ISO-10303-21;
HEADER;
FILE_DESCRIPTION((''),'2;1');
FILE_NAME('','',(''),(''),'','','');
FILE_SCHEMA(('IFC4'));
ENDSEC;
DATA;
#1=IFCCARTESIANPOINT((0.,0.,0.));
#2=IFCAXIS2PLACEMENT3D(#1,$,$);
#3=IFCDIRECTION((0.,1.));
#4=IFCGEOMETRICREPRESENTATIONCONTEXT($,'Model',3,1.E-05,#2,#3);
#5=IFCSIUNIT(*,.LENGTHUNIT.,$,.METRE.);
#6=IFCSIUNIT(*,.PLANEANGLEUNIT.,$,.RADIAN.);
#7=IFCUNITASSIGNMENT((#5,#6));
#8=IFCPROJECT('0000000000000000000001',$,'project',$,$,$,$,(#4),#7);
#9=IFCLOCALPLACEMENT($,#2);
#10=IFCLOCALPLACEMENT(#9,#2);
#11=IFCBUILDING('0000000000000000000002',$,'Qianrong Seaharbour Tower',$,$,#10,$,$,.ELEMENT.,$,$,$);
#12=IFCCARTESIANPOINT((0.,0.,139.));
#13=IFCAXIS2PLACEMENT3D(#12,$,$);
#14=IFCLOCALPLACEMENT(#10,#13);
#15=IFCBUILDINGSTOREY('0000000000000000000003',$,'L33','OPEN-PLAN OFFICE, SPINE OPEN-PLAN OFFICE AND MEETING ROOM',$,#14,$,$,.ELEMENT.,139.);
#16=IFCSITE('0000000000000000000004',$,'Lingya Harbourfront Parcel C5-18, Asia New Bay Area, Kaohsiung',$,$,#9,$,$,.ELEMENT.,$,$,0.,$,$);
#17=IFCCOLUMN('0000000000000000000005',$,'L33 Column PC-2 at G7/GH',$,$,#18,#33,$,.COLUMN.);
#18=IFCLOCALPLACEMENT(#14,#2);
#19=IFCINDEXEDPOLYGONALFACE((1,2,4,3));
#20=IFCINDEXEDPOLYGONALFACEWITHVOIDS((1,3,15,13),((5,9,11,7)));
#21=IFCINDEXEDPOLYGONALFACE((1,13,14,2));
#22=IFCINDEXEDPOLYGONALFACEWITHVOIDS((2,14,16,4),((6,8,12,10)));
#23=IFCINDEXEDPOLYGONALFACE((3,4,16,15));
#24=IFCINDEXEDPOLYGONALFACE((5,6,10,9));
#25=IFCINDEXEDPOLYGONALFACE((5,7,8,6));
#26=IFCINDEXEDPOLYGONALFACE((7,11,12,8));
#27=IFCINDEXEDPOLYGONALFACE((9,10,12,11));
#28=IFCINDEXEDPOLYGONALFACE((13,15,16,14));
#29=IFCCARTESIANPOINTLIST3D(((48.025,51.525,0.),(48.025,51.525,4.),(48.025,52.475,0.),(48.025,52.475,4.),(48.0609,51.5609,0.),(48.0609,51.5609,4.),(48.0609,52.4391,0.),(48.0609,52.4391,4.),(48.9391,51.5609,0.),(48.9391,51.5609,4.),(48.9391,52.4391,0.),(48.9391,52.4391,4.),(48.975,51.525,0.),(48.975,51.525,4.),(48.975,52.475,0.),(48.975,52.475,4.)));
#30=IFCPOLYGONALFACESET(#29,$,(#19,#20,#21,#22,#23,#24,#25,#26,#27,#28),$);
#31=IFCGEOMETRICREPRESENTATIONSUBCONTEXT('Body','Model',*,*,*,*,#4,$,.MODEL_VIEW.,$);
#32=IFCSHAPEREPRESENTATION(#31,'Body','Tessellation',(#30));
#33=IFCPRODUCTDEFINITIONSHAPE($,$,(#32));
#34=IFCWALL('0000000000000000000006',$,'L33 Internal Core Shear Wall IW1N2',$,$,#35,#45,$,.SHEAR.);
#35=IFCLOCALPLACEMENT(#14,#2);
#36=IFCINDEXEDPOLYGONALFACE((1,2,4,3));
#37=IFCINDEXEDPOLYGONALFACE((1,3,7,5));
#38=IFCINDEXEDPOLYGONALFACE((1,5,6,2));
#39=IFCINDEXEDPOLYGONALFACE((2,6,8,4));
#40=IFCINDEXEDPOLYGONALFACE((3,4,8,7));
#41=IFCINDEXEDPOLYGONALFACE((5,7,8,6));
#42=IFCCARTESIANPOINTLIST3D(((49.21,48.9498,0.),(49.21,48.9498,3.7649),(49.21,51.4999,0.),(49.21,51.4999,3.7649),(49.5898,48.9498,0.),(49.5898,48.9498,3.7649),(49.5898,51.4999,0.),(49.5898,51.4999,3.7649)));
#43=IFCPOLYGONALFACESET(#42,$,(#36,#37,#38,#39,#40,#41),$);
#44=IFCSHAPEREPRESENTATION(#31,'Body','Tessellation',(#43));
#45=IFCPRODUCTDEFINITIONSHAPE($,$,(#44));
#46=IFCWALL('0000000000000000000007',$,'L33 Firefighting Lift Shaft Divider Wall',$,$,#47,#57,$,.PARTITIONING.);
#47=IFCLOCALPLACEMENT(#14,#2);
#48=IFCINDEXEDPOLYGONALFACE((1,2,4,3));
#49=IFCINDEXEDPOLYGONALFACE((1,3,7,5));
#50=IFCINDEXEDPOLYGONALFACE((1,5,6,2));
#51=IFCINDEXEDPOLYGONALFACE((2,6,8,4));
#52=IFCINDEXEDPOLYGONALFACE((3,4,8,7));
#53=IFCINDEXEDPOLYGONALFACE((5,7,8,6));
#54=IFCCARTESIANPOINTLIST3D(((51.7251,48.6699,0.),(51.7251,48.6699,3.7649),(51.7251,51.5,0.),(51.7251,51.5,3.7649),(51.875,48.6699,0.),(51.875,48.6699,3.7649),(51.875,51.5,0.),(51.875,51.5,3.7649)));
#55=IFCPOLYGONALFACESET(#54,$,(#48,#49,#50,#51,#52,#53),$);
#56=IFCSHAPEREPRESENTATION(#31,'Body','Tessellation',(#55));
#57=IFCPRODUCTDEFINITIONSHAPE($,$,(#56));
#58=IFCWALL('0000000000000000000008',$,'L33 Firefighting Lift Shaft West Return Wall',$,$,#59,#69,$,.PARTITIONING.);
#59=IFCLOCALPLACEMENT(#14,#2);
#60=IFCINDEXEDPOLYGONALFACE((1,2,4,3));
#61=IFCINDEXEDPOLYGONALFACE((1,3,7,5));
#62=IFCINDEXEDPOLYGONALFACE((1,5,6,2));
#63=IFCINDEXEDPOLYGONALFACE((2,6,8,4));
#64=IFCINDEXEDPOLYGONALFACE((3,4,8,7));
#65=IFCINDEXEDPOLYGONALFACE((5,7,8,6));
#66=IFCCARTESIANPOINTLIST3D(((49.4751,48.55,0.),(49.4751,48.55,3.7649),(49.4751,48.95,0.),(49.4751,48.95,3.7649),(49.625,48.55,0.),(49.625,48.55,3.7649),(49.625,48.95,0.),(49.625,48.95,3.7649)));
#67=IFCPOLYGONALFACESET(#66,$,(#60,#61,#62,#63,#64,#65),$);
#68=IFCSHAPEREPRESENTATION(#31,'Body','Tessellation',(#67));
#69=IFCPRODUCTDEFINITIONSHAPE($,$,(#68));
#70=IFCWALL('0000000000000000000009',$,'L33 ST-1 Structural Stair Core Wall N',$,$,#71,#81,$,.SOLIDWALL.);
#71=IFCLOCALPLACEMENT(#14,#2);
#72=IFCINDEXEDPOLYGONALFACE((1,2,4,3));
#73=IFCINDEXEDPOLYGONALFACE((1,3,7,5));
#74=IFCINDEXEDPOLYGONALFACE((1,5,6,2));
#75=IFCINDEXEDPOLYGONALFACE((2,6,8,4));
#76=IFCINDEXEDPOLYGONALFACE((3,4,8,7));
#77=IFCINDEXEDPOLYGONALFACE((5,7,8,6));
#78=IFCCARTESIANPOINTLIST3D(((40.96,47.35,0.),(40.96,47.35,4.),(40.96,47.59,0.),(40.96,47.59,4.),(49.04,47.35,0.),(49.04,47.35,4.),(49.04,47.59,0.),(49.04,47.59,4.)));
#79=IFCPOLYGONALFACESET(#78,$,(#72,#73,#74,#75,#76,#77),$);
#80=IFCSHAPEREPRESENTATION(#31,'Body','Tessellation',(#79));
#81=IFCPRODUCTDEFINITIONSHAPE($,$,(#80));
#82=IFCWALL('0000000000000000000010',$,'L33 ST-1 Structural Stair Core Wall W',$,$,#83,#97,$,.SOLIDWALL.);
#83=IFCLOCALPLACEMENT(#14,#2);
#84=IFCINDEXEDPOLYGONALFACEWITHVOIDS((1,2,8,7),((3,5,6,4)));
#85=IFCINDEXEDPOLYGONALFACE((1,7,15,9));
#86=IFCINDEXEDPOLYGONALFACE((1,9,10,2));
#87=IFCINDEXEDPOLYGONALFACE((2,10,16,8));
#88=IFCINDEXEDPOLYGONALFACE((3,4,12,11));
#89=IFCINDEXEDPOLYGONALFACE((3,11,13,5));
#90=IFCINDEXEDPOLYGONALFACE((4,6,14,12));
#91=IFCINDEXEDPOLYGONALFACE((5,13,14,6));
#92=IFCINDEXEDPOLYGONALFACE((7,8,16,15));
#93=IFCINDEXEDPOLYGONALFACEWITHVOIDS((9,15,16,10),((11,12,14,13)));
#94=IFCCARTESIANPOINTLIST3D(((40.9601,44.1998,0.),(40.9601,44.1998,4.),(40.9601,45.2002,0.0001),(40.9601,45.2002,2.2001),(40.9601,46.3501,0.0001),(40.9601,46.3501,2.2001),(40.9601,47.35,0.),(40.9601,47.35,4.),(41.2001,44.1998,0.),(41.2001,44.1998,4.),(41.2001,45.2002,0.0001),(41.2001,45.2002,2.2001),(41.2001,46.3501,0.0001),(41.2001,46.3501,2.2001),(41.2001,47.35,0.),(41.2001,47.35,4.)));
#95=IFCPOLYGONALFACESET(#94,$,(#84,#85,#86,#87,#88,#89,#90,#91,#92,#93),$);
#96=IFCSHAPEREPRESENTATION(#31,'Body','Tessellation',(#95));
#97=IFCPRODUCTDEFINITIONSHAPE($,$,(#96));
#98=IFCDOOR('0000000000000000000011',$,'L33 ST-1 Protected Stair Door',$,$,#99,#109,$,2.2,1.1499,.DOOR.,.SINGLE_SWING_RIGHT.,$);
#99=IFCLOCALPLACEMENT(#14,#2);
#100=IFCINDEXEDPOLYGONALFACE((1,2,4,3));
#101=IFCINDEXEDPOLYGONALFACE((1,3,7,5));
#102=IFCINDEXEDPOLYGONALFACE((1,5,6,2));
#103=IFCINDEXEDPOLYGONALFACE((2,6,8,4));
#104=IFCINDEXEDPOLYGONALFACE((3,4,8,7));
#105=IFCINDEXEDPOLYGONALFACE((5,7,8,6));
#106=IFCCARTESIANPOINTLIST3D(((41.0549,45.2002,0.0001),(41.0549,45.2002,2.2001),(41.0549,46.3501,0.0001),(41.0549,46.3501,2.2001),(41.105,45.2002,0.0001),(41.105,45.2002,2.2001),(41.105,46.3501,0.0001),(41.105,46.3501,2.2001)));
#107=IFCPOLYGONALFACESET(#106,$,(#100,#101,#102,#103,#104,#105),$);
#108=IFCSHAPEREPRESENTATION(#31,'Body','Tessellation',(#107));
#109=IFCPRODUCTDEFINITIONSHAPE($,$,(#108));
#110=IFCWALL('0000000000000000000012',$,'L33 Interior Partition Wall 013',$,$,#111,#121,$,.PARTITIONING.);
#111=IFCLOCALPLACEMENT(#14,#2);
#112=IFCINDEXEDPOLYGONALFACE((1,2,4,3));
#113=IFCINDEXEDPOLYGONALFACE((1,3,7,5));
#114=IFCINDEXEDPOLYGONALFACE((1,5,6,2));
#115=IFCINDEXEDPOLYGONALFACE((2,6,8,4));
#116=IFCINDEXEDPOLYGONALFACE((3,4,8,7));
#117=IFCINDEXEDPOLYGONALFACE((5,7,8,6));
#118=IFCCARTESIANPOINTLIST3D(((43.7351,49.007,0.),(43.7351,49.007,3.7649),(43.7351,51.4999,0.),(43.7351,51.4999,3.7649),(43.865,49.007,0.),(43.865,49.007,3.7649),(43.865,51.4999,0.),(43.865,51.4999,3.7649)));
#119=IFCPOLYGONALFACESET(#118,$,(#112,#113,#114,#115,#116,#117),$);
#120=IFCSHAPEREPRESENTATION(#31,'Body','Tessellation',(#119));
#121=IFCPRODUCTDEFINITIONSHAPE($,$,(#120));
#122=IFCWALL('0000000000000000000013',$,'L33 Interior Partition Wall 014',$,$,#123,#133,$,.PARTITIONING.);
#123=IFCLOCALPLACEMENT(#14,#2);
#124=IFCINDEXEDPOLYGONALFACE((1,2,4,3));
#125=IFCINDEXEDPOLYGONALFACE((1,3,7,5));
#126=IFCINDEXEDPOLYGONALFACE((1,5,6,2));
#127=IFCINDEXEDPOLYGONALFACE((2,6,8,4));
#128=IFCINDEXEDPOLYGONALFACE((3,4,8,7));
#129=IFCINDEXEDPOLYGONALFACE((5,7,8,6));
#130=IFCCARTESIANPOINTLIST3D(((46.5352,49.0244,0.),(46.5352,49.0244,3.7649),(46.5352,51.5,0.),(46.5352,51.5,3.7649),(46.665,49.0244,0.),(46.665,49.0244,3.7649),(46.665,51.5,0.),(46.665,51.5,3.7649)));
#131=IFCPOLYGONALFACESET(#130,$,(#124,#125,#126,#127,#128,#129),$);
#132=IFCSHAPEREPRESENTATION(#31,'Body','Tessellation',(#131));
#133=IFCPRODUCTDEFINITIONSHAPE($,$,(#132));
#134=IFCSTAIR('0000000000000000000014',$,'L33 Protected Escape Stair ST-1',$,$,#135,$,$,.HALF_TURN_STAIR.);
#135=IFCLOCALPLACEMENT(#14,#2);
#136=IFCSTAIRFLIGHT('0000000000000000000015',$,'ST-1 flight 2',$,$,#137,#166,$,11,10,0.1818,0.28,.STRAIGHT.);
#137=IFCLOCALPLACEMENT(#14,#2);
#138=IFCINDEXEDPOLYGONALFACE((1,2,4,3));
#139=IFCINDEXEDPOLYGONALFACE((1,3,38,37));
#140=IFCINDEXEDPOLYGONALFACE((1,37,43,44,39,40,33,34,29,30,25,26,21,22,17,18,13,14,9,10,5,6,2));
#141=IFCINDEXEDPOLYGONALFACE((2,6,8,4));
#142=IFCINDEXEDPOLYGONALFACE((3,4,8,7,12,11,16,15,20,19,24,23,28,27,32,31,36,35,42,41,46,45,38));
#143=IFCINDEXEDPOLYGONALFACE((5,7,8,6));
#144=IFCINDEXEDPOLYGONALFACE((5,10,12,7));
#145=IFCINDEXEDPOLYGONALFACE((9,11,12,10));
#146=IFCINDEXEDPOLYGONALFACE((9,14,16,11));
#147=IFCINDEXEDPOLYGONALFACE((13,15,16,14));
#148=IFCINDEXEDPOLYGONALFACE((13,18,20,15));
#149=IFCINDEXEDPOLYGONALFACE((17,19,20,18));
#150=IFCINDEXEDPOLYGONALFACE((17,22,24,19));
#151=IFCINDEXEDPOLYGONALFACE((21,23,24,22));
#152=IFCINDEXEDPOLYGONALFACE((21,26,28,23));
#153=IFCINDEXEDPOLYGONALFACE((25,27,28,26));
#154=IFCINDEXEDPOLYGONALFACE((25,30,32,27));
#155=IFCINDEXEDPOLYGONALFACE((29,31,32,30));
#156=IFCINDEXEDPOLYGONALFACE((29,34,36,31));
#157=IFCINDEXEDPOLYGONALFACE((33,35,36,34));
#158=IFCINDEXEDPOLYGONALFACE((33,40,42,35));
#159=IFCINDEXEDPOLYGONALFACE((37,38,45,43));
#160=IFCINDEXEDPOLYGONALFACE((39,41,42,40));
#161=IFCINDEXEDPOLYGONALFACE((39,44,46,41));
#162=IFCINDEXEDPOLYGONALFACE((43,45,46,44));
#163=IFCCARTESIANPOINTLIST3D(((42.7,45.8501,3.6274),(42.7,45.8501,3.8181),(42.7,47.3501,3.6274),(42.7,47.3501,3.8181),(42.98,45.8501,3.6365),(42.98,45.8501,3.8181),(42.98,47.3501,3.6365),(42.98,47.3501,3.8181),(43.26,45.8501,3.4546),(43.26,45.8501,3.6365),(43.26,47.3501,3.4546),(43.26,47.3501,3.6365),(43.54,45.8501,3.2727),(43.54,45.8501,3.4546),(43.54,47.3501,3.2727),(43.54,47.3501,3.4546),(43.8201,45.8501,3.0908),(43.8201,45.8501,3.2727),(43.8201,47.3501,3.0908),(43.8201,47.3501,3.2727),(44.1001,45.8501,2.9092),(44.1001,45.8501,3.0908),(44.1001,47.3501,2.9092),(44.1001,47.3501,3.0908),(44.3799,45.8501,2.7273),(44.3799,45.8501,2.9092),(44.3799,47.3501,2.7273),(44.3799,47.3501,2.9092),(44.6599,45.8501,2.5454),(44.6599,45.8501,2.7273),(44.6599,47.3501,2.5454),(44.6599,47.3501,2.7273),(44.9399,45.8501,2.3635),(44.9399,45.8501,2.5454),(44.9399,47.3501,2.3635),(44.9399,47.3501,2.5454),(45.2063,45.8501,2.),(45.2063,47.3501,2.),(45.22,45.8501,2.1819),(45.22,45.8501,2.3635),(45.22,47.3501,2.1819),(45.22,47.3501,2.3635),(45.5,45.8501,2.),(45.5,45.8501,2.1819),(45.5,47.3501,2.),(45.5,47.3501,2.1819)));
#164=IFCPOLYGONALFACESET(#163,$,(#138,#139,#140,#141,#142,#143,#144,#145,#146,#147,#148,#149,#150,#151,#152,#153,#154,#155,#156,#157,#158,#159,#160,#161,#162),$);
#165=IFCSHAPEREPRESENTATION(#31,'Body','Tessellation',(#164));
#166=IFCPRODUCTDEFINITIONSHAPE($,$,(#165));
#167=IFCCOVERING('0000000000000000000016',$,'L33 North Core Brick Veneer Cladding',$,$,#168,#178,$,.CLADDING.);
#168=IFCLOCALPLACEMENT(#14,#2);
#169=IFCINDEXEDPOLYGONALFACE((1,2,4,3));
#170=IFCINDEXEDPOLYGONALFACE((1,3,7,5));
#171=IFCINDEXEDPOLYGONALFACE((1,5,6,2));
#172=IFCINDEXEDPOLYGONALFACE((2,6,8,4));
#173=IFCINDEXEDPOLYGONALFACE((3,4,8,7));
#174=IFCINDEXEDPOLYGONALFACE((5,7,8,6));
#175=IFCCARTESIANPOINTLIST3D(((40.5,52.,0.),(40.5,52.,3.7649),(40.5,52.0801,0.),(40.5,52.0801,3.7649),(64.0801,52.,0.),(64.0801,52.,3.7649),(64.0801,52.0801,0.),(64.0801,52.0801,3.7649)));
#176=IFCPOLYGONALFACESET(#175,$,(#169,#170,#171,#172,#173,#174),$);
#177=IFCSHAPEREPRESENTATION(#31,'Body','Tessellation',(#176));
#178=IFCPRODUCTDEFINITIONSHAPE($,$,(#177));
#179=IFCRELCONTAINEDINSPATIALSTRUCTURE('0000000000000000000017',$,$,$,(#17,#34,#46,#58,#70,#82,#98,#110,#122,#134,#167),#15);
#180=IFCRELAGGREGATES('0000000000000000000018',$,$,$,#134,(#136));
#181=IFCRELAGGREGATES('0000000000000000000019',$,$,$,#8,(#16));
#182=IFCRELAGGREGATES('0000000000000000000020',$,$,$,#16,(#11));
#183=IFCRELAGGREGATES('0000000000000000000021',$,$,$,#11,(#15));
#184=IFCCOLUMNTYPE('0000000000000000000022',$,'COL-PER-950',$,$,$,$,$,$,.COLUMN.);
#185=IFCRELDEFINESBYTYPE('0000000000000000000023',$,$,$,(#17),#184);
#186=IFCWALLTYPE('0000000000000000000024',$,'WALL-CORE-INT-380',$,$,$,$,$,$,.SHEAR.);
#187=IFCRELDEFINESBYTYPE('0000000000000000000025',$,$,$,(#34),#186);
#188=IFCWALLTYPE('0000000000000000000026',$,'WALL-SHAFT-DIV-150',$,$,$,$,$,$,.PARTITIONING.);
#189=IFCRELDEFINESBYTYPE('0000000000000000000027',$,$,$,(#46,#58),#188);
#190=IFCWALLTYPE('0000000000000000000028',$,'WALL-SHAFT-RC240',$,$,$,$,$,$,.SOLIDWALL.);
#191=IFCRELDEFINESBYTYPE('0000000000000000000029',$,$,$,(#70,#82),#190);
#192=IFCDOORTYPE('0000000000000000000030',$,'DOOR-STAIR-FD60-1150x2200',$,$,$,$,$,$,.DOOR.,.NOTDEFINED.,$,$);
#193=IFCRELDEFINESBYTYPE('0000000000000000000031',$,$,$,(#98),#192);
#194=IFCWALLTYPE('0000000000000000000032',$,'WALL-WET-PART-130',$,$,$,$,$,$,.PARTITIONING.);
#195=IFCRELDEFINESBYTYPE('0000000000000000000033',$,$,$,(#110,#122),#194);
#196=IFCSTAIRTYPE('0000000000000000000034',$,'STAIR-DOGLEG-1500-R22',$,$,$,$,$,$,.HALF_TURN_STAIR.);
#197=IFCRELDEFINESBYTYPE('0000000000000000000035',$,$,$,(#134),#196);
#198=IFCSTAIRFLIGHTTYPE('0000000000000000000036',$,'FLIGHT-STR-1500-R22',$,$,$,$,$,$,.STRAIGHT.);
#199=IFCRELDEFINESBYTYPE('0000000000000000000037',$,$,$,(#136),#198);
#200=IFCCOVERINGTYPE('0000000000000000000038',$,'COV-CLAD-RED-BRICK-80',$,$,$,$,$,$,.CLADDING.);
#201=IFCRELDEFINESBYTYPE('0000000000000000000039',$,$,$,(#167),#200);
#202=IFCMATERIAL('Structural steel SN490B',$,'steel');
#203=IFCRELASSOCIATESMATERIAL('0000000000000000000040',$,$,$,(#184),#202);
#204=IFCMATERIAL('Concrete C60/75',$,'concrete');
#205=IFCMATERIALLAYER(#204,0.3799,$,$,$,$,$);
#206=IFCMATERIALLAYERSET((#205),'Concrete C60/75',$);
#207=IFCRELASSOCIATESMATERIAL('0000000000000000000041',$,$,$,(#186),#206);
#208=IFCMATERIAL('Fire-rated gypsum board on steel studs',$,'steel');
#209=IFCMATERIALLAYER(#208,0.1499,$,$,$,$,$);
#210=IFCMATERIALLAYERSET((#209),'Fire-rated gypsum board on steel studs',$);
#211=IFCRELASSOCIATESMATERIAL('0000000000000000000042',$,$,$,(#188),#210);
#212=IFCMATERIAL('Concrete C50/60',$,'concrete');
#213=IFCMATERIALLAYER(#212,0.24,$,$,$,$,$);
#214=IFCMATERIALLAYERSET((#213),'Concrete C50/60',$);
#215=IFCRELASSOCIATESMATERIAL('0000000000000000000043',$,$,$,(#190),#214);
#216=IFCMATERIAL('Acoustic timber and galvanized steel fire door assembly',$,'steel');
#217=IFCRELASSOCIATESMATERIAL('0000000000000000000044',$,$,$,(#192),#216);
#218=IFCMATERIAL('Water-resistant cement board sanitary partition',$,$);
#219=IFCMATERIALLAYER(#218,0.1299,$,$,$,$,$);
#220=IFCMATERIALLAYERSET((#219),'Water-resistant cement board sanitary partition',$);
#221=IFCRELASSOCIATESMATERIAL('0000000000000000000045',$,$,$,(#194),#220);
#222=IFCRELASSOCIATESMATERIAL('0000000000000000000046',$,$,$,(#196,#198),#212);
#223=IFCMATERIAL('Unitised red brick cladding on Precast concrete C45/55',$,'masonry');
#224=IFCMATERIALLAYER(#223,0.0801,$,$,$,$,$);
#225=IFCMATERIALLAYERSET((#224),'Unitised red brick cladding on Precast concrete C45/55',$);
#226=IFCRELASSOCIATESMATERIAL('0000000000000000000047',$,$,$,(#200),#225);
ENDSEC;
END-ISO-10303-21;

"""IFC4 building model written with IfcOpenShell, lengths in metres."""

from ifc_helpers import new_model, si_unit, direction, frame, frame_2d, origin, origin_2d, place, context, subcontext, project, spatial, polyline, rectangle, hollow_rectangle, outline, extrude, material, layer, layer_set, material_profile, profile_set, type_object, element, fill, aggregate, save


model = new_model("IFC4")

# Units and contexts
model_context = context("Model", 3, precision=1e-05, world=origin(), true_north=direction((0.0, 1.0)))
body_context = subcontext(model_context, "Body", "Model", "MODEL_VIEW")
ifc_project = project(units=[si_unit("LENGTHUNIT", "METRE"), si_unit("PLANEANGLEUNIT", "RADIAN")], contexts=[model_context])

# Site, building, storey
site_placement = place(None, origin())
site = spatial("IfcSite", under=ifc_project, at=site_placement, Name="Lingya Harbourfront Parcel C5-18, Asia New Bay Area, Kaohsiung", CompositionType="ELEMENT", RefElevation=0.0)
building_placement = place(site_placement, origin())
building = spatial("IfcBuilding", under=site, at=building_placement, Name="Qianrong Seaharbour Tower", CompositionType="ELEMENT")
storey_placement = place(building_placement, frame((0.0, 0.0, 139.0)))
storey = spatial("IfcBuildingStorey", under=building, at=storey_placement, Name="L33", Description="OPEN-PLAN OFFICE, SPINE OPEN-PLAN OFFICE AND MEETING ROOM", CompositionType="ELEMENT", Elevation=139.0)

# Column
ifc_material_1 = material(Name="Structural steel SN490B", Category="steel")
ifc_material_profile = material_profile(ifc_material_1, hollow_rectangle(XDim=0.95, YDim=0.95, WallThickness=0.0359, at=origin_2d()), Name="BOX950x950x36")
ifc_profile_set = profile_set([ifc_material_profile], Name="Structural steel SN490B")
column_type = type_object("IfcColumnType", Name="COL-PER-950", PredefinedType="COLUMN", material=ifc_profile_set)
column_placement = place(storey_placement, frame((48.5, 52.0, 0.0), z_axis=(0.0, 0.0, 1.0), x_axis=(1.0, 0.0, 0.0)))
element("IfcColumn", 1, at=column_placement, inside=storey, type_object=column_type, Name="L33 Column PC-2 at G7/GH", PredefinedType="COLUMN", context=body_context, shape_type="SweptSolid", body=[
    extrude(hollow_rectangle(XDim=0.95, YDim=0.95, WallThickness=0.0359, at=origin_2d()), origin(), (0.0, 0.0, 1.0), 4.0),
])

# Wall
ifc_material_2 = material(Name="Concrete C60/75", Category="concrete")
ifc_layer_1 = layer(ifc_material_2, 0.3799)
ifc_layer_set_1 = layer_set([ifc_layer_1], Name="Concrete C60/75")
wall_type_1 = type_object("IfcWallType", Name="WALL-CORE-INT-380", PredefinedType="SHEAR", material=ifc_layer_set_1)
wall_1_placement = place(storey_placement, frame((49.3999, 48.95, 0.0), z_axis=(0.0, 0.0, 1.0), x_axis=(0.0, 1.0, 0.0)))
element("IfcWall", 2, at=wall_1_placement, inside=storey, type_object=wall_type_1, Name="L33 Internal Core Shear Wall IW1N2", PredefinedType="SHEAR", context=body_context, shape_type="SweptSolid", body=[
    extrude(rectangle(XDim=2.55, YDim=0.3799, at=frame_2d((1.2749, 0.0))), origin(), (0.0, 0.0, 1.0), 3.7649),
])

# Shared definitions
ifc_material_3 = material(Name="Acoustic timber and galvanized steel fire door assembly", Category="steel")

# Walls
ifc_material_4 = material(Name="Fire-rated gypsum board on steel studs", Category="steel")
ifc_layer_2 = layer(ifc_material_4, 0.1499)
ifc_layer_set_2 = layer_set([ifc_layer_2], Name="Fire-rated gypsum board on steel studs")
wall_type_2 = type_object("IfcWallType", Name="WALL-SHAFT-DIV-150", PredefinedType="PARTITIONING", material=ifc_layer_set_2)
wall_2_placement = place(storey_placement, frame((51.8, 48.6699, 0.0), z_axis=(0.0, 0.0, 1.0), x_axis=(0.0, 1.0, 0.0)))
element("IfcWall", 3, at=wall_2_placement, inside=storey, type_object=wall_type_2, Name="L33 Firefighting Lift Shaft Divider Wall", PredefinedType="PARTITIONING", context=body_context, shape_type="SweptSolid", body=[
    extrude(rectangle(XDim=2.8301, YDim=0.1499, at=frame_2d((1.415, 0.0))), origin(), (0.0, 0.0, 1.0), 3.7649),
])
wall_3_placement = place(storey_placement, frame((49.55, 48.55, 0.0), z_axis=(0.0, 0.0, 1.0), x_axis=(0.0, 1.0, 0.0)))
element("IfcWall", 4, at=wall_3_placement, inside=storey, type_object=wall_type_2, Name="L33 Firefighting Lift Shaft West Return Wall", PredefinedType="PARTITIONING", context=body_context, shape_type="SweptSolid", body=[
    extrude(rectangle(XDim=0.3999, YDim=0.1499, at=frame_2d((0.2, 0.0))), origin(), (0.0, 0.0, 1.0), 3.7649),
])
ifc_material_5 = material(Name="Concrete C50/60", Category="concrete")
ifc_layer_3 = layer(ifc_material_5, 0.24)
ifc_layer_set_3 = layer_set([ifc_layer_3], Name="Concrete C50/60")
wall_type_3 = type_object("IfcWallType", Name="WALL-SHAFT-RC240", PredefinedType="SOLIDWALL", material=ifc_layer_set_3)
wall_4_placement = place(storey_placement, frame((40.96, 47.47, 0.0), z_axis=(0.0, 0.0, 1.0), x_axis=(1.0, 0.0, 0.0)))
element("IfcWall", 5, at=wall_4_placement, inside=storey, type_object=wall_type_3, Name="L33 ST-1 Structural Stair Core Wall N", PredefinedType="SOLIDWALL", context=body_context, shape_type="SweptSolid", body=[
    extrude(rectangle(XDim=8.0801, YDim=0.24, at=frame_2d((4.04, 0.0))), origin(), (0.0, 0.0, 1.0), 4.0),
])

# Wall, opening, door
wall_5_placement = place(storey_placement, frame((41.0801, 47.3501, 0.0), z_axis=(0.0, 0.0, 1.0), x_axis=(0.0, -1.0, 0.0)))
wall_5 = element("IfcWall", 6, at=wall_5_placement, inside=storey, type_object=wall_type_3, Name="L33 ST-1 Structural Stair Core Wall W", PredefinedType="SOLIDWALL", context=body_context, shape_type="SweptSolid", body=[
    extrude(rectangle(XDim=3.1501, YDim=0.24, at=frame_2d((1.5752, 0.0))), origin(), (0.0, 0.0, 1.0), 4.0),
])
opening_1_placement = place(wall_5_placement, frame((1.0, 0.0, 0.0)))
opening_1 = element("IfcOpeningElement", 7, at=opening_1_placement, cuts=wall_5, PredefinedType="OPENING", context=body_context, shape_type="SweptSolid", body=[
    extrude(rectangle(XDim=1.1499, YDim=2.2, at=frame_2d((0.575, 1.1001))), frame((0.0, 0.1299, 0.0), z_axis=(0.0, -1.0, 0.0), x_axis=(1.0, 0.0, 0.0)), (0.0, 0.0, 1.0), 0.26),
])
door_type_1 = type_object("IfcDoorType", Name="DOOR-STAIR-FD60-1150x2200", OperationType="NOTDEFINED", PredefinedType="DOOR", material=ifc_material_3)
door_1_placement = place(opening_1_placement, origin())
door_1 = element("IfcDoor", 8, at=door_1_placement, inside=storey, type_object=door_type_1, Name="L33 ST-1 Protected Stair Door", OperationType="SINGLE_SWING_RIGHT", OverallHeight=2.2, OverallWidth=1.1499, PredefinedType="DOOR", context=body_context, shape_type="SweptSolid", body=[
    extrude(rectangle(XDim=1.1499, YDim=2.2, at=frame_2d((0.575, 1.1001))), frame((0.0, 0.0249, 0.0), z_axis=(0.0, -1.0, 0.0), x_axis=(1.0, 0.0, 0.0)), (0.0, 0.0, 1.0), 0.05),
])
fill(opening_1, door_1)
ifc_material_6 = material(Name="Water-resistant cement board sanitary partition")
ifc_layer_4 = layer(ifc_material_6, 0.1299)
ifc_layer_set_4 = layer_set([ifc_layer_4], Name="Water-resistant cement board sanitary partition")
wall_type_4 = type_object("IfcWallType", Name="WALL-WET-PART-130", PredefinedType="PARTITIONING", material=ifc_layer_set_4)

# Walls
wall_6_placement = place(storey_placement, frame((43.8, 51.5, 0.0), z_axis=(0.0, 0.0, 1.0), x_axis=(0.0, -1.0, 0.0)))
element("IfcWall", 9, at=wall_6_placement, inside=storey, type_object=wall_type_4, Name="L33 Interior Partition Wall 013", PredefinedType="PARTITIONING", context=body_context, shape_type="SweptSolid", body=[
    extrude(rectangle(XDim=2.4929, YDim=0.1299, at=frame_2d((1.2466, 0.0))), origin(), (0.0, 0.0, 1.0), 3.7649),
])
wall_7_placement = place(storey_placement, frame((46.6001, 51.5, 0.0), z_axis=(0.0, 0.0, 1.0), x_axis=(0.0, -1.0, 0.0)))
element("IfcWall", 10, at=wall_7_placement, inside=storey, type_object=wall_type_4, Name="L33 Interior Partition Wall 014", PredefinedType="PARTITIONING", context=body_context, shape_type="SweptSolid", body=[
    extrude(rectangle(XDim=2.4756, YDim=0.1299, at=frame_2d((1.2378, 0.0))), origin(), (0.0, 0.0, 1.0), 3.7649),
])

# Stair, stair flight
stair_type = type_object("IfcStairType", Name="STAIR-DOGLEG-1500-R22", PredefinedType="HALF_TURN_STAIR", material=ifc_material_5)
stair_placement = place(storey_placement, origin())
stair = element("IfcStair", 11, at=stair_placement, inside=storey, type_object=stair_type, Name="L33 Protected Escape Stair ST-1", PredefinedType="HALF_TURN_STAIR")
stair_flight_type = type_object("IfcStairFlightType", Name="FLIGHT-STR-1500-R22", PredefinedType="STRAIGHT", material=ifc_material_5)
stair_flight_placement = place(storey_placement, frame((45.5, 46.6001, 2.0), z_axis=(0.0, 0.0, 1.0), x_axis=(-1.0, 0.0, 0.0)))
stair_flight = element("IfcStairFlight", 12, at=stair_flight_placement, type_object=stair_flight_type, Name="ST-1 flight 2", NumberOfRisers=11, NumberOfTreads=10, PredefinedType="STRAIGHT", RiserHeight=0.1818, TreadLength=0.28, context=body_context, shape_type="SweptSolid", body=[
    extrude(outline(polyline([(0.0, 0.0), (0.0, 0.1819), (0.28, 0.1819), (0.28, 0.3635), (0.5601, 0.3635), (0.5601, 0.5454), (0.8401, 0.5454), (0.8401, 0.7273), (1.1201, 0.7273), (1.1201, 0.9092), (1.3999, 0.9092), (1.3999, 1.0908), (1.6799, 1.0908), (1.6799, 1.2727), (1.96, 1.2727), (1.96, 1.4546), (2.24, 1.4546), (2.24, 1.6365), (2.52, 1.6365), (2.52, 1.8181), (2.8, 1.8181), (2.8, 2.0), (2.8, 1.6274), (0.2937, 0.0), (0.0, 0.0)])), frame((0.0, 0.75, 0.0), z_axis=(0.0, -1.0, 0.0), x_axis=(1.0, 0.0, 0.0)), (0.0, 0.0, 1.0), 1.5),
])
aggregate(stair, [stair_flight])

# Covering
ifc_material_7 = material(Name="Unitised red brick cladding on Precast concrete C45/55", Category="masonry")
ifc_layer_5 = layer(ifc_material_7, 0.0801)
ifc_layer_set_5 = layer_set([ifc_layer_5], Name="Unitised red brick cladding on Precast concrete C45/55")
covering_type = type_object("IfcCoveringType", Name="COV-CLAD-RED-BRICK-80", PredefinedType="CLADDING", material=ifc_layer_set_5)
covering_placement = place(storey_placement, frame((52.29, 52.04, 0.0), z_axis=(0.0, 0.0, 1.0), x_axis=(1.0, 0.0, 0.0)))
element("IfcCovering", 13, at=covering_placement, inside=storey, type_object=covering_type, Name="L33 North Core Brick Veneer Cladding", PredefinedType="CLADDING", context=body_context, shape_type="SweptSolid", body=[
    extrude(rectangle(XDim=23.5801, YDim=0.0801, at=origin_2d()), origin(), (0.0, 0.0, 1.0), 3.7649),
])

save(model, "model.ifc")
